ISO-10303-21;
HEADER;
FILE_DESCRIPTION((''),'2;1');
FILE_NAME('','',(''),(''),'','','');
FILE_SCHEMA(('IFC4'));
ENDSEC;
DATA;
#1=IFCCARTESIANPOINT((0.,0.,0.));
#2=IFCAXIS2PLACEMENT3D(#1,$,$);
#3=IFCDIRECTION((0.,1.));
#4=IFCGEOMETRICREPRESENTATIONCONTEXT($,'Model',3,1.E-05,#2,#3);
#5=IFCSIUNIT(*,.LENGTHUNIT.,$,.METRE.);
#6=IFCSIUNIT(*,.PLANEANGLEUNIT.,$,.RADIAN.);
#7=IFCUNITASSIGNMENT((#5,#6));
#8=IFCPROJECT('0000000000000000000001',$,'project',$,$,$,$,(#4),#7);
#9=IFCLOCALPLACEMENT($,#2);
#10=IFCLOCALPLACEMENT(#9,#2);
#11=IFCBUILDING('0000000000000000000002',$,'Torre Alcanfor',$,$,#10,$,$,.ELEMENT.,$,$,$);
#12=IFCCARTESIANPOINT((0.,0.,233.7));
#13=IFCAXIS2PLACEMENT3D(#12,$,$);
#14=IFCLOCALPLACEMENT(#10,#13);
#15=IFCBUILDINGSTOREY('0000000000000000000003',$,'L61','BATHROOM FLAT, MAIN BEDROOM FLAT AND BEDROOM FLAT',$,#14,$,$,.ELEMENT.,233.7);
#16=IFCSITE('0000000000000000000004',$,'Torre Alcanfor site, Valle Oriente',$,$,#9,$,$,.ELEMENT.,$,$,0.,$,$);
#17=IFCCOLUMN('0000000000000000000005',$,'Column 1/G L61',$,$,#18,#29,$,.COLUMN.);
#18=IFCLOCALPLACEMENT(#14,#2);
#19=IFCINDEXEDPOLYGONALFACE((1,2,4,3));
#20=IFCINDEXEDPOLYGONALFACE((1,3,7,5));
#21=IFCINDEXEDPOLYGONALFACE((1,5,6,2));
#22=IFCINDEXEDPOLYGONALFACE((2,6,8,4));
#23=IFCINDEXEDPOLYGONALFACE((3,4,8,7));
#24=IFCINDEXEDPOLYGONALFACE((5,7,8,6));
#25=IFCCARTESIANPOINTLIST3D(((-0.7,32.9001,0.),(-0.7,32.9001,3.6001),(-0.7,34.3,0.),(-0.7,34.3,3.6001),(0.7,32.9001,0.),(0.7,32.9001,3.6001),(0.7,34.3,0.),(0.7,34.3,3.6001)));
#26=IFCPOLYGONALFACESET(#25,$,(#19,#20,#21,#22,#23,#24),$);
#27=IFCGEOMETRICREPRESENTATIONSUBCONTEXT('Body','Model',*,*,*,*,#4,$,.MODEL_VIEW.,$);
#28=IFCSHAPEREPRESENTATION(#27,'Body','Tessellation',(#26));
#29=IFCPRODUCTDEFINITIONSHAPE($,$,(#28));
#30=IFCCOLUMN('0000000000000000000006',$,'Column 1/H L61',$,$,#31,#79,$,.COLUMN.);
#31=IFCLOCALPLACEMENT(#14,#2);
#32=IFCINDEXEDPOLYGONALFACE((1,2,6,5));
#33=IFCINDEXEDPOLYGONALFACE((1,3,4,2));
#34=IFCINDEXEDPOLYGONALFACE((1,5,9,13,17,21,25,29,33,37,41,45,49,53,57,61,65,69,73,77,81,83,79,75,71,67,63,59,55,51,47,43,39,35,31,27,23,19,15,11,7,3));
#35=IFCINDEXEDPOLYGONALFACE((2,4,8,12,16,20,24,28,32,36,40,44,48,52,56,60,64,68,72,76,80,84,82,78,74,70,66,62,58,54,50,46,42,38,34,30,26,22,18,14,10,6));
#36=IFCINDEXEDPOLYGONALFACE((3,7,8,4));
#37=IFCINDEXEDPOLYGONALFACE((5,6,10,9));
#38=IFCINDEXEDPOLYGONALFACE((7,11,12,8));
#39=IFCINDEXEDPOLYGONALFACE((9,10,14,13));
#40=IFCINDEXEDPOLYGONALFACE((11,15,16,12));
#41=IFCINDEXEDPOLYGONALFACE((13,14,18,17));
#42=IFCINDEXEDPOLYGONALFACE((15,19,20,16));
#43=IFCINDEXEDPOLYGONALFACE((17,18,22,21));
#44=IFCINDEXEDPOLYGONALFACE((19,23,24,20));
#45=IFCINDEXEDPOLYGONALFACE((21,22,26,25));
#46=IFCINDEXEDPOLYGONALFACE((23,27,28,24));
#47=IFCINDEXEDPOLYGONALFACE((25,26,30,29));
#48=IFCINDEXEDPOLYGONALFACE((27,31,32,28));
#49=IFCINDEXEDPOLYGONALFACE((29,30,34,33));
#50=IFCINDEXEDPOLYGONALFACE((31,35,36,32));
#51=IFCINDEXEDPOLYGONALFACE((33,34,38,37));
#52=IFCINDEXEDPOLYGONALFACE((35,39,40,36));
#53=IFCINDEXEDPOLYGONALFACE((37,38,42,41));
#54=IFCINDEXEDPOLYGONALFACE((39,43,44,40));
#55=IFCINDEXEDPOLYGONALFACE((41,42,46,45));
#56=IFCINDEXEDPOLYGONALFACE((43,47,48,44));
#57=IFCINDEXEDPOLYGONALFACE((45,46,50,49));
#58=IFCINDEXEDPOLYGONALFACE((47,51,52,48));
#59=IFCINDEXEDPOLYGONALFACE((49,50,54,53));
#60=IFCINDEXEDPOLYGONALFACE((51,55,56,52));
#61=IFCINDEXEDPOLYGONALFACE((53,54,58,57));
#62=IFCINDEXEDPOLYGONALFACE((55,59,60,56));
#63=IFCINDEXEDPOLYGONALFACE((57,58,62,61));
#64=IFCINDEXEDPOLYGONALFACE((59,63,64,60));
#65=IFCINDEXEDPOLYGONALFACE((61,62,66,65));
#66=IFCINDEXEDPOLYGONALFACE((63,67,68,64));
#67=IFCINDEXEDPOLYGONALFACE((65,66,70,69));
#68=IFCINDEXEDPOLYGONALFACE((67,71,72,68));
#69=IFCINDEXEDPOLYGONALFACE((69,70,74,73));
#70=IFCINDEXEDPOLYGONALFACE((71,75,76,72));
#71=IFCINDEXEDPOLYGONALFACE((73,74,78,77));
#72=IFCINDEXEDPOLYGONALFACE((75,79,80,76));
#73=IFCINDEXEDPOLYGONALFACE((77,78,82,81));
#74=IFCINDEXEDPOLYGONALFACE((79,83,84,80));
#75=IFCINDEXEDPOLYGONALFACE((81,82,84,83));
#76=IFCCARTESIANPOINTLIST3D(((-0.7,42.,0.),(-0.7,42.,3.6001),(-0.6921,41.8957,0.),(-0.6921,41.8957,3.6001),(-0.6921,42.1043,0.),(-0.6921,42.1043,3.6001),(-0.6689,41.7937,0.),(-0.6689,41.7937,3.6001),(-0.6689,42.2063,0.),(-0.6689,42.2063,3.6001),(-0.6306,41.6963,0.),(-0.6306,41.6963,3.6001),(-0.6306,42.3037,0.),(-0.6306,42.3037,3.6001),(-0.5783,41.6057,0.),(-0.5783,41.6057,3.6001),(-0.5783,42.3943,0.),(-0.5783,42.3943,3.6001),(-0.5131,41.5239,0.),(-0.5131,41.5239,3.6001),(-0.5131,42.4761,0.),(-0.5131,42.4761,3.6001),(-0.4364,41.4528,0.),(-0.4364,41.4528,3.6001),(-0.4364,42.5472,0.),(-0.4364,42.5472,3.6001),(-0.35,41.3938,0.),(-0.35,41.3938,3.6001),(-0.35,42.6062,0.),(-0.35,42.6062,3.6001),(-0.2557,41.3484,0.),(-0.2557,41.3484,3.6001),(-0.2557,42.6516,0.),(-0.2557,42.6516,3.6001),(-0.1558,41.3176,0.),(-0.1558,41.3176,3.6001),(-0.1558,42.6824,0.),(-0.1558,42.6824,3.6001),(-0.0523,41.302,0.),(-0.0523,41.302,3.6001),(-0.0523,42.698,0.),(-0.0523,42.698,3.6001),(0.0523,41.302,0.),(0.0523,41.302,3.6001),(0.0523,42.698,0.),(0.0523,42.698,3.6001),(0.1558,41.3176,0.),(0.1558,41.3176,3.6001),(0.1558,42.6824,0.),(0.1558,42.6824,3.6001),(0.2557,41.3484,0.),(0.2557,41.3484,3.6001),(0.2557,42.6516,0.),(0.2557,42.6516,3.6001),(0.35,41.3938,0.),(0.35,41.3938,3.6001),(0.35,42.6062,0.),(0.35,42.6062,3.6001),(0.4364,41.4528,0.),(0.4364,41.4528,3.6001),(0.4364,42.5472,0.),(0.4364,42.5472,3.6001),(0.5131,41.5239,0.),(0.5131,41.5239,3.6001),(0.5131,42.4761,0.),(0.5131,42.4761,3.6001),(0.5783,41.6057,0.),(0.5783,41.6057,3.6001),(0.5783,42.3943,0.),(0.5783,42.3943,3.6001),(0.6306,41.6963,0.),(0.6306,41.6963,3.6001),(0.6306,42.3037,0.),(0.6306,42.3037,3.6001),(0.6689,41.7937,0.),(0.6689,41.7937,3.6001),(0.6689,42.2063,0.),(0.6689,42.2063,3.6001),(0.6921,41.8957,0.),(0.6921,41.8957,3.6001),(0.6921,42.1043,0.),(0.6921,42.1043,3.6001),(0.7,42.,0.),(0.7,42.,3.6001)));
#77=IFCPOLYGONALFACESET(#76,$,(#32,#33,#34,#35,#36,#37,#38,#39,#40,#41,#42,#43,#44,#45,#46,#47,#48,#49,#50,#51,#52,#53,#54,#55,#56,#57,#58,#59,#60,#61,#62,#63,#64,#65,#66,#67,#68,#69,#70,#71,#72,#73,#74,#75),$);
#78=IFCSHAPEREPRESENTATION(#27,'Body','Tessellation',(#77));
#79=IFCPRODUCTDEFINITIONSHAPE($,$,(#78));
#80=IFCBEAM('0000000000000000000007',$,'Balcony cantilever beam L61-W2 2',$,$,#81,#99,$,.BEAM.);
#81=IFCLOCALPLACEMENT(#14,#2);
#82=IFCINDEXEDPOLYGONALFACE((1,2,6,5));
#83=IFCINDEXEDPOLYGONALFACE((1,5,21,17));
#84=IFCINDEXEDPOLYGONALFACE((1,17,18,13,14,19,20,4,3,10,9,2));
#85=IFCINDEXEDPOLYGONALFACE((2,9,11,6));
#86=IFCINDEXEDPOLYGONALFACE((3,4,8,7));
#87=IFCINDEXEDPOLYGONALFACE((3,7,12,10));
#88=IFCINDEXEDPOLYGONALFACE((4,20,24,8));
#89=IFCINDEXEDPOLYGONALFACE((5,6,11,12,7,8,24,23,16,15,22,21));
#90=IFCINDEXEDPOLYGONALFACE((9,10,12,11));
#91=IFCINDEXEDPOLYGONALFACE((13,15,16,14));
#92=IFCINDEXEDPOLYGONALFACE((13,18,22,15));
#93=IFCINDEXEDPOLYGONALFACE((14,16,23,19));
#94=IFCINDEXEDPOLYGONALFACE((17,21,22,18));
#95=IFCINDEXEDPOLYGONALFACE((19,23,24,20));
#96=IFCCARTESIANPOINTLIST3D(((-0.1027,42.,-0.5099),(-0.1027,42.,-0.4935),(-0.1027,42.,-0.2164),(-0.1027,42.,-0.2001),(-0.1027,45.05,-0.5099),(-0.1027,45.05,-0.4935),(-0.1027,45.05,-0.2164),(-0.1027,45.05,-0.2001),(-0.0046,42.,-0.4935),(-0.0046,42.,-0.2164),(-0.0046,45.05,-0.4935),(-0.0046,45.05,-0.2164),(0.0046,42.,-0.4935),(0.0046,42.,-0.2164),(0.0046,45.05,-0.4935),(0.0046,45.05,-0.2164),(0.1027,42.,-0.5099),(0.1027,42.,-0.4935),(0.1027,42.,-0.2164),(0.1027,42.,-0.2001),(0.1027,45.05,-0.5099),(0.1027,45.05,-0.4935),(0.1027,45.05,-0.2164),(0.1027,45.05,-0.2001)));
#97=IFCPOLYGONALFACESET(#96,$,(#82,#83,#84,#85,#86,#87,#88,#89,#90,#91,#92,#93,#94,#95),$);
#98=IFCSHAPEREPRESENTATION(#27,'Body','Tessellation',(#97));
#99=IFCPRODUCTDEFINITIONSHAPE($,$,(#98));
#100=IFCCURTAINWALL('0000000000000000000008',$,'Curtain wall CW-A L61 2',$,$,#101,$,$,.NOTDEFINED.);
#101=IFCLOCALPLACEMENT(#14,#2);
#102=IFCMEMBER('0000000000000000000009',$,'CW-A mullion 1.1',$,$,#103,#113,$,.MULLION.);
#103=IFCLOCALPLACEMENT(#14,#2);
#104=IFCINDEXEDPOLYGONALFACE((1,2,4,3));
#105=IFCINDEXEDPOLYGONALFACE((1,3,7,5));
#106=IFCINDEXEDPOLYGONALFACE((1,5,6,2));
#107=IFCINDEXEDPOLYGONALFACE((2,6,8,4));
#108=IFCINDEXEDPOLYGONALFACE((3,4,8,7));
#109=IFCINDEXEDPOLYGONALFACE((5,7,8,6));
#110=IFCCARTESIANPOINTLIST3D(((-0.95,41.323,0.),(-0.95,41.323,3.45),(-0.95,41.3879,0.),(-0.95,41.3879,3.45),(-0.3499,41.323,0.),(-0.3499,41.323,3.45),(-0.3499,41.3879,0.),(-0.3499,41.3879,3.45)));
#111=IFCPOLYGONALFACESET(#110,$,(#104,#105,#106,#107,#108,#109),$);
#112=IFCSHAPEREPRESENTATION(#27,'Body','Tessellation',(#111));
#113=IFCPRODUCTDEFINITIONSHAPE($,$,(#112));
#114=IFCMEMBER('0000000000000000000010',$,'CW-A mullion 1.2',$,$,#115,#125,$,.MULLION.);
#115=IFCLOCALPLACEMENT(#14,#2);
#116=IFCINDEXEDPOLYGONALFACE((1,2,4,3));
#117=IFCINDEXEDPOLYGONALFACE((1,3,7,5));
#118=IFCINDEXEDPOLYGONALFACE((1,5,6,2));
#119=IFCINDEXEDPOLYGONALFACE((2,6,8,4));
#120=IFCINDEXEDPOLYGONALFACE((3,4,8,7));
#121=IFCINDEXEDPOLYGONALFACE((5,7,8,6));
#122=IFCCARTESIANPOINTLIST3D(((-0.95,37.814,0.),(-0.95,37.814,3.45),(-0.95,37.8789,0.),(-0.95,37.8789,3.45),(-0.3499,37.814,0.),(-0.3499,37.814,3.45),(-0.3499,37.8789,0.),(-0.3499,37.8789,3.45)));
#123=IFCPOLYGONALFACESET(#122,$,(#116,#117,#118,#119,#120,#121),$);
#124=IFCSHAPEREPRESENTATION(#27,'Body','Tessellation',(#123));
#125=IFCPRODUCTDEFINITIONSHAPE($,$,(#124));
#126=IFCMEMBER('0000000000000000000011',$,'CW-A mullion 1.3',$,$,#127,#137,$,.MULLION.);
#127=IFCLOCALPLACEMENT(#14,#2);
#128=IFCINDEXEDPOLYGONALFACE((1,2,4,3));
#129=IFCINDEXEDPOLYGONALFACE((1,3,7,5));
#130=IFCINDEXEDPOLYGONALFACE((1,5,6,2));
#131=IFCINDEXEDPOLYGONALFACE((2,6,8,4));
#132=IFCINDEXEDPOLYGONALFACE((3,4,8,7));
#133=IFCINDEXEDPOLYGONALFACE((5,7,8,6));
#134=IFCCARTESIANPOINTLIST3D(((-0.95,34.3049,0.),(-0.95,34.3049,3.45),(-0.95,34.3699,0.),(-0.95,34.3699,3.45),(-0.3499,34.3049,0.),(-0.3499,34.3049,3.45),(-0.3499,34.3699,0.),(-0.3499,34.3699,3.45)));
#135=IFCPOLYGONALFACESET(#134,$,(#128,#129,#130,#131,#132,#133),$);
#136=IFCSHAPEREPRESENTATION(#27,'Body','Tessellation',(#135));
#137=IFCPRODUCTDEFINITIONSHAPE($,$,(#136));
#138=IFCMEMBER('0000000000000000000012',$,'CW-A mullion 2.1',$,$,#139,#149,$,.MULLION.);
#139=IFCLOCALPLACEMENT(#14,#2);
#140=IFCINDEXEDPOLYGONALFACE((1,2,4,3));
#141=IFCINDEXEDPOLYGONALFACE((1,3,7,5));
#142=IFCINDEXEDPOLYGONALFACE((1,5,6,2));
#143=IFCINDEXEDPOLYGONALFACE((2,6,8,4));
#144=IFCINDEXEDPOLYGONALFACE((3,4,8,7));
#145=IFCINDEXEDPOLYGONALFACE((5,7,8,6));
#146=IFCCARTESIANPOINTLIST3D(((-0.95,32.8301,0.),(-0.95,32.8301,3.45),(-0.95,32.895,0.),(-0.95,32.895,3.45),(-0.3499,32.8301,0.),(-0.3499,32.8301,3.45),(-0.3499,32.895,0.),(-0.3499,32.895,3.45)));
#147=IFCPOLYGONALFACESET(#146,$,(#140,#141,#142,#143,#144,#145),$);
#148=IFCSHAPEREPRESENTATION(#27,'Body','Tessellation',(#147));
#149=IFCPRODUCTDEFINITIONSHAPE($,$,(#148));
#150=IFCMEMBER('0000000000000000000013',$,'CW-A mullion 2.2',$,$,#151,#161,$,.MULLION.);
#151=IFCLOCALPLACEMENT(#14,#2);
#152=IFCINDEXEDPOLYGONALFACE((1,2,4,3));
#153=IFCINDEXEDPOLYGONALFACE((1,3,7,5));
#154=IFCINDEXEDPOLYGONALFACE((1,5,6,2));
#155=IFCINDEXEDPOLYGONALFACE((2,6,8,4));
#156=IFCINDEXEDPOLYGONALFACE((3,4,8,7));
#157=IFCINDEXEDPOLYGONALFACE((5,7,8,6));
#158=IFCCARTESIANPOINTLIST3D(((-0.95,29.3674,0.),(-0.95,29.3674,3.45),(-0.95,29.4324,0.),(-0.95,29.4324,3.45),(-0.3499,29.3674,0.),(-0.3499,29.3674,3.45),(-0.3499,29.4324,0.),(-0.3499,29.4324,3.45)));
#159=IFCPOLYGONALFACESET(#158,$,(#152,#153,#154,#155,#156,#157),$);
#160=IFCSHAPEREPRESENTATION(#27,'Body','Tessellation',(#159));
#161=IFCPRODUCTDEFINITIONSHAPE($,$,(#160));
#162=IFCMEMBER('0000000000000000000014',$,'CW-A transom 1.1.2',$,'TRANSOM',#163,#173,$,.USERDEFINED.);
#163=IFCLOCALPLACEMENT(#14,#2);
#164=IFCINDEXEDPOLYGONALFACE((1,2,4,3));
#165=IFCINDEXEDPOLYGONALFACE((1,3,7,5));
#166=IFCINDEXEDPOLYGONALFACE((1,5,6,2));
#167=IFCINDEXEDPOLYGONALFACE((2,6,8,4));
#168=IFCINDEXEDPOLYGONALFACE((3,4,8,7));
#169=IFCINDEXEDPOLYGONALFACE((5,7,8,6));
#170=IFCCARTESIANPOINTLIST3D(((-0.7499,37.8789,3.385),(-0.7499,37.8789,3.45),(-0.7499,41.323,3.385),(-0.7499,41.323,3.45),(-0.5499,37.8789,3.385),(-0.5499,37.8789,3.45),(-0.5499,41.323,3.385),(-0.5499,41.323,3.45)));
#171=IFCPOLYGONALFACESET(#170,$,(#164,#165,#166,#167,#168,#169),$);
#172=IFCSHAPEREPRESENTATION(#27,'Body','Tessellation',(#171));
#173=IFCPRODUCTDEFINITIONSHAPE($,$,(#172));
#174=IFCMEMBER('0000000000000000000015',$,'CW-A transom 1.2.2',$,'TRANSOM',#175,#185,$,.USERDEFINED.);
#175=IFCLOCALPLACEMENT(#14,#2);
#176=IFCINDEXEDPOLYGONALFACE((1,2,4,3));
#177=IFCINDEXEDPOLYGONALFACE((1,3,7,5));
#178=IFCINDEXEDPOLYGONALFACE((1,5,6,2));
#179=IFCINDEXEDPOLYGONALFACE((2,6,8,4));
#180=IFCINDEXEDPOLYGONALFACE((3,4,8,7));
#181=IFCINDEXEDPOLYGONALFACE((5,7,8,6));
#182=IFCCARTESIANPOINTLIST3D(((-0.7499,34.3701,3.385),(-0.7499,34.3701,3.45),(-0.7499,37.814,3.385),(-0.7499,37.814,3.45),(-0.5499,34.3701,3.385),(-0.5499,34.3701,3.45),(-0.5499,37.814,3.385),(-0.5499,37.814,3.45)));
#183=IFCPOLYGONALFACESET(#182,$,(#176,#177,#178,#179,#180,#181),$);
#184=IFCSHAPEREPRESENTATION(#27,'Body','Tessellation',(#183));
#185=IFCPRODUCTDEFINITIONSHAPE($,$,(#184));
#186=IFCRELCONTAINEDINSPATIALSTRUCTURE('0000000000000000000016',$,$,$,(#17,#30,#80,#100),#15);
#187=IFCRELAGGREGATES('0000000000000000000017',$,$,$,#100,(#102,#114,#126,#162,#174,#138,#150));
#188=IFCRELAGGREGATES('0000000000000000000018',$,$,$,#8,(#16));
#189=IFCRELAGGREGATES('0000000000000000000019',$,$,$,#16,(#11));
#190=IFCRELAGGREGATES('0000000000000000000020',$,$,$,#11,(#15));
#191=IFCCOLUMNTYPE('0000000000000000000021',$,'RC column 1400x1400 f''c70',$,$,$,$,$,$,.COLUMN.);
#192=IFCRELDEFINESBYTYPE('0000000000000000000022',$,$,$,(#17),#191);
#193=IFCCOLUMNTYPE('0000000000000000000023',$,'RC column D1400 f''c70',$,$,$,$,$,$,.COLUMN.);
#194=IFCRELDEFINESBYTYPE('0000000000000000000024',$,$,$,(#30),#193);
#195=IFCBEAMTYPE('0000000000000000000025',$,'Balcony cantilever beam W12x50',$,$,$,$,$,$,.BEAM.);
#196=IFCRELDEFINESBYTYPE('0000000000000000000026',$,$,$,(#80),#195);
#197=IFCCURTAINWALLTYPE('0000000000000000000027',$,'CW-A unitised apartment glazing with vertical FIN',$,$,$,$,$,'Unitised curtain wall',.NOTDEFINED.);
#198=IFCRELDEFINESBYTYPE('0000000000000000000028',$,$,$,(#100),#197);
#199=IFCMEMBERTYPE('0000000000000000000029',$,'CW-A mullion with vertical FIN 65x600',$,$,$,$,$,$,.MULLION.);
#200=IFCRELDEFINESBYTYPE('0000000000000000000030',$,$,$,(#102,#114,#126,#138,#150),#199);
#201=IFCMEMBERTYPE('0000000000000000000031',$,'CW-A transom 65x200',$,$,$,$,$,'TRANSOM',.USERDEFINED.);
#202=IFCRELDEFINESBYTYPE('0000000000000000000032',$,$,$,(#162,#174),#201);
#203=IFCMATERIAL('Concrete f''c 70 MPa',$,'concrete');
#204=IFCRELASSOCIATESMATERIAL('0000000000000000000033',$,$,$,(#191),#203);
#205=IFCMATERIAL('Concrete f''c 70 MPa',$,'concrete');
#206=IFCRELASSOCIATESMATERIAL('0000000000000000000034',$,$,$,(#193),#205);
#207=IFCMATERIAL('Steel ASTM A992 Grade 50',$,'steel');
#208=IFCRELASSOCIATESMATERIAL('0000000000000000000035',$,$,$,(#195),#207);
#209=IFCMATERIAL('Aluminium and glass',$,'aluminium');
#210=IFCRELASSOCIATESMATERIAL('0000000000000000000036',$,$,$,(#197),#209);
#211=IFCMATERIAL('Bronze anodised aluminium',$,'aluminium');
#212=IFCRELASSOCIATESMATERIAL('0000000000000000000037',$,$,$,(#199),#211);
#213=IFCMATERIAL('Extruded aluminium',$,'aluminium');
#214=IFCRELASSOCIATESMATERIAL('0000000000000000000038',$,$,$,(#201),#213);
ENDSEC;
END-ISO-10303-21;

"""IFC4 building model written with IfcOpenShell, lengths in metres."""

from ifc_helpers import new_model, si_unit, direction, frame, origin, origin_2d, place, context, subcontext, project, spatial, rectangle, circle, i_section, extrude, material, material_profile, profile_set, type_object, element, aggregate, save


model = new_model("IFC4")

# Units and contexts
model_context = context("Model", 3, precision=1e-05, world=origin(), true_north=direction((0.0, 1.0)))
body_context = subcontext(model_context, "Body", "Model", "MODEL_VIEW")
ifc_project = project(units=[si_unit("LENGTHUNIT", "METRE"), si_unit("PLANEANGLEUNIT", "RADIAN")], contexts=[model_context])

# Site, building, storey
site_placement = place(None, origin())
site = spatial("IfcSite", under=ifc_project, at=site_placement, Name="Torre Alcanfor site, Valle Oriente", CompositionType="ELEMENT", RefElevation=0.0)
building_placement = place(site_placement, origin())
building = spatial("IfcBuilding", under=site, at=building_placement, Name="Torre Alcanfor", CompositionType="ELEMENT")
storey_placement = place(building_placement, frame((0.0, 0.0, 233.7)))
storey = spatial("IfcBuildingStorey", under=building, at=storey_placement, Name="L61", Description="BATHROOM FLAT, MAIN BEDROOM FLAT AND BEDROOM FLAT", CompositionType="ELEMENT", Elevation=233.7)

# Columns
ifc_material_1 = material(Name="Concrete f'c 70 MPa", Category="concrete")
ifc_material_profile_1 = material_profile(ifc_material_1, rectangle(XDim=1.3999, YDim=1.3999, at=origin_2d()), Name="1400x1400")
ifc_profile_set_1 = profile_set([ifc_material_profile_1], Name="Concrete f'c 70 MPa")
column_type_1 = type_object("IfcColumnType", Name="RC column 1400x1400 f'c70", PredefinedType="COLUMN", material=ifc_profile_set_1)
column_1_placement = place(storey_placement, frame((0.0, 33.6001, 0.0), z_axis=(0.0, 0.0, 1.0), x_axis=(1.0, 0.0, 0.0)))
element("IfcColumn", 1, at=column_1_placement, inside=storey, type_object=column_type_1, Name="Column 1/G L61", PredefinedType="COLUMN", context=body_context, shape_type="SweptSolid", body=[
    extrude(rectangle(XDim=1.3999, YDim=1.3999, at=origin_2d()), origin(), (0.0, 0.0, 1.0), 3.6001),
])
ifc_material_2 = material(Name="Concrete f'c 70 MPa", Category="concrete")
ifc_material_profile_2 = material_profile(ifc_material_2, circle(Radius=0.7, at=origin_2d()), Name="D1400")
ifc_profile_set_2 = profile_set([ifc_material_profile_2], Name="Concrete f'c 70 MPa")
column_type_2 = type_object("IfcColumnType", Name="RC column D1400 f'c70", PredefinedType="COLUMN", material=ifc_profile_set_2)
column_2_placement = place(storey_placement, frame((0.0, 42.0, 0.0), z_axis=(0.0, 0.0, 1.0), x_axis=(1.0, 0.0, 0.0)))
element("IfcColumn", 2, at=column_2_placement, inside=storey, type_object=column_type_2, Name="Column 1/H L61", PredefinedType="COLUMN", context=body_context, shape_type="SweptSolid", body=[
    extrude(circle(Radius=0.7, at=origin_2d()), origin(), (0.0, 0.0, 1.0), 3.6001),
])

# Beam
ifc_material_3 = material(Name="Steel ASTM A992 Grade 50", Category="steel")
ifc_material_profile_3 = material_profile(ifc_material_3, i_section(OverallWidth=0.2053, OverallDepth=0.3098, WebThickness=0.0093, FlangeThickness=0.0164, at=origin_2d()), Name="W12x50")
ifc_profile_set_3 = profile_set([ifc_material_profile_3], Name="Steel ASTM A992 Grade 50")
beam_type_1 = type_object("IfcBeamType", Name="Balcony cantilever beam W12x50", PredefinedType="BEAM", material=ifc_profile_set_3)
beam_1_placement = place(storey_placement, frame((0.0, 42.0, -0.355), z_axis=(0.0, 1.0, 0.0), x_axis=(-1.0, 0.0, 0.0)))
element("IfcBeam", 3, at=beam_1_placement, inside=storey, type_object=beam_type_1, Name="Balcony cantilever beam L61-W2 2", PredefinedType="BEAM", context=body_context, shape_type="SweptSolid", body=[
    extrude(i_section(OverallWidth=0.2053, OverallDepth=0.3098, WebThickness=0.0093, FlangeThickness=0.0164, at=origin_2d()), origin(), (0.0, 0.0, 1.0), 3.05),
])

# Curtain wall, members
ifc_material_4 = material(Name="Aluminium and glass", Category="aluminium")
curtain_wall_type = type_object("IfcCurtainWallType", Name="CW-A unitised apartment glazing with vertical FIN", ElementType="Unitised curtain wall", PredefinedType="NOTDEFINED", material=ifc_material_4)
curtain_wall_placement = place(storey_placement, origin())
curtain_wall = element("IfcCurtainWall", 4, at=curtain_wall_placement, inside=storey, type_object=curtain_wall_type, Name="Curtain wall CW-A L61 2", PredefinedType="NOTDEFINED")
ifc_material_5 = material(Name="Bronze anodised aluminium", Category="aluminium")
ifc_material_profile_4 = material_profile(ifc_material_5, rectangle(XDim=0.6001, YDim=0.0649, at=origin_2d()), Name="CW-A mullion 65x600")
ifc_profile_set_4 = profile_set([ifc_material_profile_4], Name="Bronze anodised aluminium")
member_type_1 = type_object("IfcMemberType", Name="CW-A mullion with vertical FIN 65x600", PredefinedType="MULLION", material=ifc_profile_set_4)
member_1_placement = place(storey_placement, frame((-0.6499, 41.3555, 0.0), z_axis=(0.0, 0.0, 1.0), x_axis=(1.0, 0.0, 0.0)))
member_1 = element("IfcMember", 5, at=member_1_placement, type_object=member_type_1, Name="CW-A mullion 1.1", PredefinedType="MULLION", context=body_context, shape_type="SweptSolid", body=[
    extrude(rectangle(XDim=0.6001, YDim=0.0649, at=origin_2d()), origin(), (0.0, 0.0, 1.0), 3.45),
])
member_2_placement = place(storey_placement, frame((-0.6499, 37.8464, 0.0), z_axis=(0.0, 0.0, 1.0), x_axis=(1.0, 0.0, 0.0)))
member_2 = element("IfcMember", 6, at=member_2_placement, type_object=member_type_1, Name="CW-A mullion 1.2", PredefinedType="MULLION", context=body_context, shape_type="SweptSolid", body=[
    extrude(rectangle(XDim=0.6001, YDim=0.0649, at=origin_2d()), origin(), (0.0, 0.0, 1.0), 3.45),
])
member_3_placement = place(storey_placement, frame((-0.6499, 34.3374, 0.0), z_axis=(0.0, 0.0, 1.0), x_axis=(1.0, 0.0, 0.0)))
member_3 = element("IfcMember", 7, at=member_3_placement, type_object=member_type_1, Name="CW-A mullion 1.3", PredefinedType="MULLION", context=body_context, shape_type="SweptSolid", body=[
    extrude(rectangle(XDim=0.6001, YDim=0.0649, at=origin_2d()), origin(), (0.0, 0.0, 1.0), 3.45),
])
member_4_placement = place(storey_placement, frame((-0.6499, 32.8625, 0.0), z_axis=(0.0, 0.0, 1.0), x_axis=(1.0, 0.0, 0.0)))
member_4 = element("IfcMember", 8, at=member_4_placement, type_object=member_type_1, Name="CW-A mullion 2.1", PredefinedType="MULLION", context=body_context, shape_type="SweptSolid", body=[
    extrude(rectangle(XDim=0.6001, YDim=0.0649, at=origin_2d()), origin(), (0.0, 0.0, 1.0), 3.45),
])
member_5_placement = place(storey_placement, frame((-0.6499, 29.3999, 0.0), z_axis=(0.0, 0.0, 1.0), x_axis=(1.0, 0.0, 0.0)))
member_5 = element("IfcMember", 9, at=member_5_placement, type_object=member_type_1, Name="CW-A mullion 2.2", PredefinedType="MULLION", context=body_context, shape_type="SweptSolid", body=[
    extrude(rectangle(XDim=0.6001, YDim=0.0649, at=origin_2d()), origin(), (0.0, 0.0, 1.0), 3.45),
])
ifc_material_6 = material(Name="Extruded aluminium", Category="aluminium")
ifc_material_profile_5 = material_profile(ifc_material_6, rectangle(XDim=0.2, YDim=0.0649, at=origin_2d()), Name="CW-A transom 200x65")
ifc_profile_set_5 = profile_set([ifc_material_profile_5], Name="Extruded aluminium")
member_type_2 = type_object("IfcMemberType", Name="CW-A transom 65x200", ElementType="TRANSOM", PredefinedType="USERDEFINED", material=ifc_profile_set_5)
member_6_placement = place(storey_placement, frame((-0.6499, 41.323, 3.4175), z_axis=(0.0, -1.0, 0.0), x_axis=(1.0, 0.0, 0.0)))
member_6 = element("IfcMember", 10, at=member_6_placement, type_object=member_type_2, Name="CW-A transom 1.1.2", ObjectType="TRANSOM", PredefinedType="USERDEFINED", context=body_context, shape_type="SweptSolid", body=[
    extrude(rectangle(XDim=0.2, YDim=0.0649, at=origin_2d()), origin(), (0.0, 0.0, 1.0), 3.4441),
])
member_7_placement = place(storey_placement, frame((-0.6499, 37.814, 3.4175), z_axis=(0.0, -1.0, 0.0), x_axis=(1.0, 0.0, 0.0)))
member_7 = element("IfcMember", 11, at=member_7_placement, type_object=member_type_2, Name="CW-A transom 1.2.2", ObjectType="TRANSOM", PredefinedType="USERDEFINED", context=body_context, shape_type="SweptSolid", body=[
    extrude(rectangle(XDim=0.2, YDim=0.0649, at=origin_2d()), origin(), (0.0, 0.0, 1.0), 3.4438),
])

aggregate(curtain_wall, [member_1, member_2, member_3, member_6, member_7, member_4, member_5])

save(model, "model.ifc")
